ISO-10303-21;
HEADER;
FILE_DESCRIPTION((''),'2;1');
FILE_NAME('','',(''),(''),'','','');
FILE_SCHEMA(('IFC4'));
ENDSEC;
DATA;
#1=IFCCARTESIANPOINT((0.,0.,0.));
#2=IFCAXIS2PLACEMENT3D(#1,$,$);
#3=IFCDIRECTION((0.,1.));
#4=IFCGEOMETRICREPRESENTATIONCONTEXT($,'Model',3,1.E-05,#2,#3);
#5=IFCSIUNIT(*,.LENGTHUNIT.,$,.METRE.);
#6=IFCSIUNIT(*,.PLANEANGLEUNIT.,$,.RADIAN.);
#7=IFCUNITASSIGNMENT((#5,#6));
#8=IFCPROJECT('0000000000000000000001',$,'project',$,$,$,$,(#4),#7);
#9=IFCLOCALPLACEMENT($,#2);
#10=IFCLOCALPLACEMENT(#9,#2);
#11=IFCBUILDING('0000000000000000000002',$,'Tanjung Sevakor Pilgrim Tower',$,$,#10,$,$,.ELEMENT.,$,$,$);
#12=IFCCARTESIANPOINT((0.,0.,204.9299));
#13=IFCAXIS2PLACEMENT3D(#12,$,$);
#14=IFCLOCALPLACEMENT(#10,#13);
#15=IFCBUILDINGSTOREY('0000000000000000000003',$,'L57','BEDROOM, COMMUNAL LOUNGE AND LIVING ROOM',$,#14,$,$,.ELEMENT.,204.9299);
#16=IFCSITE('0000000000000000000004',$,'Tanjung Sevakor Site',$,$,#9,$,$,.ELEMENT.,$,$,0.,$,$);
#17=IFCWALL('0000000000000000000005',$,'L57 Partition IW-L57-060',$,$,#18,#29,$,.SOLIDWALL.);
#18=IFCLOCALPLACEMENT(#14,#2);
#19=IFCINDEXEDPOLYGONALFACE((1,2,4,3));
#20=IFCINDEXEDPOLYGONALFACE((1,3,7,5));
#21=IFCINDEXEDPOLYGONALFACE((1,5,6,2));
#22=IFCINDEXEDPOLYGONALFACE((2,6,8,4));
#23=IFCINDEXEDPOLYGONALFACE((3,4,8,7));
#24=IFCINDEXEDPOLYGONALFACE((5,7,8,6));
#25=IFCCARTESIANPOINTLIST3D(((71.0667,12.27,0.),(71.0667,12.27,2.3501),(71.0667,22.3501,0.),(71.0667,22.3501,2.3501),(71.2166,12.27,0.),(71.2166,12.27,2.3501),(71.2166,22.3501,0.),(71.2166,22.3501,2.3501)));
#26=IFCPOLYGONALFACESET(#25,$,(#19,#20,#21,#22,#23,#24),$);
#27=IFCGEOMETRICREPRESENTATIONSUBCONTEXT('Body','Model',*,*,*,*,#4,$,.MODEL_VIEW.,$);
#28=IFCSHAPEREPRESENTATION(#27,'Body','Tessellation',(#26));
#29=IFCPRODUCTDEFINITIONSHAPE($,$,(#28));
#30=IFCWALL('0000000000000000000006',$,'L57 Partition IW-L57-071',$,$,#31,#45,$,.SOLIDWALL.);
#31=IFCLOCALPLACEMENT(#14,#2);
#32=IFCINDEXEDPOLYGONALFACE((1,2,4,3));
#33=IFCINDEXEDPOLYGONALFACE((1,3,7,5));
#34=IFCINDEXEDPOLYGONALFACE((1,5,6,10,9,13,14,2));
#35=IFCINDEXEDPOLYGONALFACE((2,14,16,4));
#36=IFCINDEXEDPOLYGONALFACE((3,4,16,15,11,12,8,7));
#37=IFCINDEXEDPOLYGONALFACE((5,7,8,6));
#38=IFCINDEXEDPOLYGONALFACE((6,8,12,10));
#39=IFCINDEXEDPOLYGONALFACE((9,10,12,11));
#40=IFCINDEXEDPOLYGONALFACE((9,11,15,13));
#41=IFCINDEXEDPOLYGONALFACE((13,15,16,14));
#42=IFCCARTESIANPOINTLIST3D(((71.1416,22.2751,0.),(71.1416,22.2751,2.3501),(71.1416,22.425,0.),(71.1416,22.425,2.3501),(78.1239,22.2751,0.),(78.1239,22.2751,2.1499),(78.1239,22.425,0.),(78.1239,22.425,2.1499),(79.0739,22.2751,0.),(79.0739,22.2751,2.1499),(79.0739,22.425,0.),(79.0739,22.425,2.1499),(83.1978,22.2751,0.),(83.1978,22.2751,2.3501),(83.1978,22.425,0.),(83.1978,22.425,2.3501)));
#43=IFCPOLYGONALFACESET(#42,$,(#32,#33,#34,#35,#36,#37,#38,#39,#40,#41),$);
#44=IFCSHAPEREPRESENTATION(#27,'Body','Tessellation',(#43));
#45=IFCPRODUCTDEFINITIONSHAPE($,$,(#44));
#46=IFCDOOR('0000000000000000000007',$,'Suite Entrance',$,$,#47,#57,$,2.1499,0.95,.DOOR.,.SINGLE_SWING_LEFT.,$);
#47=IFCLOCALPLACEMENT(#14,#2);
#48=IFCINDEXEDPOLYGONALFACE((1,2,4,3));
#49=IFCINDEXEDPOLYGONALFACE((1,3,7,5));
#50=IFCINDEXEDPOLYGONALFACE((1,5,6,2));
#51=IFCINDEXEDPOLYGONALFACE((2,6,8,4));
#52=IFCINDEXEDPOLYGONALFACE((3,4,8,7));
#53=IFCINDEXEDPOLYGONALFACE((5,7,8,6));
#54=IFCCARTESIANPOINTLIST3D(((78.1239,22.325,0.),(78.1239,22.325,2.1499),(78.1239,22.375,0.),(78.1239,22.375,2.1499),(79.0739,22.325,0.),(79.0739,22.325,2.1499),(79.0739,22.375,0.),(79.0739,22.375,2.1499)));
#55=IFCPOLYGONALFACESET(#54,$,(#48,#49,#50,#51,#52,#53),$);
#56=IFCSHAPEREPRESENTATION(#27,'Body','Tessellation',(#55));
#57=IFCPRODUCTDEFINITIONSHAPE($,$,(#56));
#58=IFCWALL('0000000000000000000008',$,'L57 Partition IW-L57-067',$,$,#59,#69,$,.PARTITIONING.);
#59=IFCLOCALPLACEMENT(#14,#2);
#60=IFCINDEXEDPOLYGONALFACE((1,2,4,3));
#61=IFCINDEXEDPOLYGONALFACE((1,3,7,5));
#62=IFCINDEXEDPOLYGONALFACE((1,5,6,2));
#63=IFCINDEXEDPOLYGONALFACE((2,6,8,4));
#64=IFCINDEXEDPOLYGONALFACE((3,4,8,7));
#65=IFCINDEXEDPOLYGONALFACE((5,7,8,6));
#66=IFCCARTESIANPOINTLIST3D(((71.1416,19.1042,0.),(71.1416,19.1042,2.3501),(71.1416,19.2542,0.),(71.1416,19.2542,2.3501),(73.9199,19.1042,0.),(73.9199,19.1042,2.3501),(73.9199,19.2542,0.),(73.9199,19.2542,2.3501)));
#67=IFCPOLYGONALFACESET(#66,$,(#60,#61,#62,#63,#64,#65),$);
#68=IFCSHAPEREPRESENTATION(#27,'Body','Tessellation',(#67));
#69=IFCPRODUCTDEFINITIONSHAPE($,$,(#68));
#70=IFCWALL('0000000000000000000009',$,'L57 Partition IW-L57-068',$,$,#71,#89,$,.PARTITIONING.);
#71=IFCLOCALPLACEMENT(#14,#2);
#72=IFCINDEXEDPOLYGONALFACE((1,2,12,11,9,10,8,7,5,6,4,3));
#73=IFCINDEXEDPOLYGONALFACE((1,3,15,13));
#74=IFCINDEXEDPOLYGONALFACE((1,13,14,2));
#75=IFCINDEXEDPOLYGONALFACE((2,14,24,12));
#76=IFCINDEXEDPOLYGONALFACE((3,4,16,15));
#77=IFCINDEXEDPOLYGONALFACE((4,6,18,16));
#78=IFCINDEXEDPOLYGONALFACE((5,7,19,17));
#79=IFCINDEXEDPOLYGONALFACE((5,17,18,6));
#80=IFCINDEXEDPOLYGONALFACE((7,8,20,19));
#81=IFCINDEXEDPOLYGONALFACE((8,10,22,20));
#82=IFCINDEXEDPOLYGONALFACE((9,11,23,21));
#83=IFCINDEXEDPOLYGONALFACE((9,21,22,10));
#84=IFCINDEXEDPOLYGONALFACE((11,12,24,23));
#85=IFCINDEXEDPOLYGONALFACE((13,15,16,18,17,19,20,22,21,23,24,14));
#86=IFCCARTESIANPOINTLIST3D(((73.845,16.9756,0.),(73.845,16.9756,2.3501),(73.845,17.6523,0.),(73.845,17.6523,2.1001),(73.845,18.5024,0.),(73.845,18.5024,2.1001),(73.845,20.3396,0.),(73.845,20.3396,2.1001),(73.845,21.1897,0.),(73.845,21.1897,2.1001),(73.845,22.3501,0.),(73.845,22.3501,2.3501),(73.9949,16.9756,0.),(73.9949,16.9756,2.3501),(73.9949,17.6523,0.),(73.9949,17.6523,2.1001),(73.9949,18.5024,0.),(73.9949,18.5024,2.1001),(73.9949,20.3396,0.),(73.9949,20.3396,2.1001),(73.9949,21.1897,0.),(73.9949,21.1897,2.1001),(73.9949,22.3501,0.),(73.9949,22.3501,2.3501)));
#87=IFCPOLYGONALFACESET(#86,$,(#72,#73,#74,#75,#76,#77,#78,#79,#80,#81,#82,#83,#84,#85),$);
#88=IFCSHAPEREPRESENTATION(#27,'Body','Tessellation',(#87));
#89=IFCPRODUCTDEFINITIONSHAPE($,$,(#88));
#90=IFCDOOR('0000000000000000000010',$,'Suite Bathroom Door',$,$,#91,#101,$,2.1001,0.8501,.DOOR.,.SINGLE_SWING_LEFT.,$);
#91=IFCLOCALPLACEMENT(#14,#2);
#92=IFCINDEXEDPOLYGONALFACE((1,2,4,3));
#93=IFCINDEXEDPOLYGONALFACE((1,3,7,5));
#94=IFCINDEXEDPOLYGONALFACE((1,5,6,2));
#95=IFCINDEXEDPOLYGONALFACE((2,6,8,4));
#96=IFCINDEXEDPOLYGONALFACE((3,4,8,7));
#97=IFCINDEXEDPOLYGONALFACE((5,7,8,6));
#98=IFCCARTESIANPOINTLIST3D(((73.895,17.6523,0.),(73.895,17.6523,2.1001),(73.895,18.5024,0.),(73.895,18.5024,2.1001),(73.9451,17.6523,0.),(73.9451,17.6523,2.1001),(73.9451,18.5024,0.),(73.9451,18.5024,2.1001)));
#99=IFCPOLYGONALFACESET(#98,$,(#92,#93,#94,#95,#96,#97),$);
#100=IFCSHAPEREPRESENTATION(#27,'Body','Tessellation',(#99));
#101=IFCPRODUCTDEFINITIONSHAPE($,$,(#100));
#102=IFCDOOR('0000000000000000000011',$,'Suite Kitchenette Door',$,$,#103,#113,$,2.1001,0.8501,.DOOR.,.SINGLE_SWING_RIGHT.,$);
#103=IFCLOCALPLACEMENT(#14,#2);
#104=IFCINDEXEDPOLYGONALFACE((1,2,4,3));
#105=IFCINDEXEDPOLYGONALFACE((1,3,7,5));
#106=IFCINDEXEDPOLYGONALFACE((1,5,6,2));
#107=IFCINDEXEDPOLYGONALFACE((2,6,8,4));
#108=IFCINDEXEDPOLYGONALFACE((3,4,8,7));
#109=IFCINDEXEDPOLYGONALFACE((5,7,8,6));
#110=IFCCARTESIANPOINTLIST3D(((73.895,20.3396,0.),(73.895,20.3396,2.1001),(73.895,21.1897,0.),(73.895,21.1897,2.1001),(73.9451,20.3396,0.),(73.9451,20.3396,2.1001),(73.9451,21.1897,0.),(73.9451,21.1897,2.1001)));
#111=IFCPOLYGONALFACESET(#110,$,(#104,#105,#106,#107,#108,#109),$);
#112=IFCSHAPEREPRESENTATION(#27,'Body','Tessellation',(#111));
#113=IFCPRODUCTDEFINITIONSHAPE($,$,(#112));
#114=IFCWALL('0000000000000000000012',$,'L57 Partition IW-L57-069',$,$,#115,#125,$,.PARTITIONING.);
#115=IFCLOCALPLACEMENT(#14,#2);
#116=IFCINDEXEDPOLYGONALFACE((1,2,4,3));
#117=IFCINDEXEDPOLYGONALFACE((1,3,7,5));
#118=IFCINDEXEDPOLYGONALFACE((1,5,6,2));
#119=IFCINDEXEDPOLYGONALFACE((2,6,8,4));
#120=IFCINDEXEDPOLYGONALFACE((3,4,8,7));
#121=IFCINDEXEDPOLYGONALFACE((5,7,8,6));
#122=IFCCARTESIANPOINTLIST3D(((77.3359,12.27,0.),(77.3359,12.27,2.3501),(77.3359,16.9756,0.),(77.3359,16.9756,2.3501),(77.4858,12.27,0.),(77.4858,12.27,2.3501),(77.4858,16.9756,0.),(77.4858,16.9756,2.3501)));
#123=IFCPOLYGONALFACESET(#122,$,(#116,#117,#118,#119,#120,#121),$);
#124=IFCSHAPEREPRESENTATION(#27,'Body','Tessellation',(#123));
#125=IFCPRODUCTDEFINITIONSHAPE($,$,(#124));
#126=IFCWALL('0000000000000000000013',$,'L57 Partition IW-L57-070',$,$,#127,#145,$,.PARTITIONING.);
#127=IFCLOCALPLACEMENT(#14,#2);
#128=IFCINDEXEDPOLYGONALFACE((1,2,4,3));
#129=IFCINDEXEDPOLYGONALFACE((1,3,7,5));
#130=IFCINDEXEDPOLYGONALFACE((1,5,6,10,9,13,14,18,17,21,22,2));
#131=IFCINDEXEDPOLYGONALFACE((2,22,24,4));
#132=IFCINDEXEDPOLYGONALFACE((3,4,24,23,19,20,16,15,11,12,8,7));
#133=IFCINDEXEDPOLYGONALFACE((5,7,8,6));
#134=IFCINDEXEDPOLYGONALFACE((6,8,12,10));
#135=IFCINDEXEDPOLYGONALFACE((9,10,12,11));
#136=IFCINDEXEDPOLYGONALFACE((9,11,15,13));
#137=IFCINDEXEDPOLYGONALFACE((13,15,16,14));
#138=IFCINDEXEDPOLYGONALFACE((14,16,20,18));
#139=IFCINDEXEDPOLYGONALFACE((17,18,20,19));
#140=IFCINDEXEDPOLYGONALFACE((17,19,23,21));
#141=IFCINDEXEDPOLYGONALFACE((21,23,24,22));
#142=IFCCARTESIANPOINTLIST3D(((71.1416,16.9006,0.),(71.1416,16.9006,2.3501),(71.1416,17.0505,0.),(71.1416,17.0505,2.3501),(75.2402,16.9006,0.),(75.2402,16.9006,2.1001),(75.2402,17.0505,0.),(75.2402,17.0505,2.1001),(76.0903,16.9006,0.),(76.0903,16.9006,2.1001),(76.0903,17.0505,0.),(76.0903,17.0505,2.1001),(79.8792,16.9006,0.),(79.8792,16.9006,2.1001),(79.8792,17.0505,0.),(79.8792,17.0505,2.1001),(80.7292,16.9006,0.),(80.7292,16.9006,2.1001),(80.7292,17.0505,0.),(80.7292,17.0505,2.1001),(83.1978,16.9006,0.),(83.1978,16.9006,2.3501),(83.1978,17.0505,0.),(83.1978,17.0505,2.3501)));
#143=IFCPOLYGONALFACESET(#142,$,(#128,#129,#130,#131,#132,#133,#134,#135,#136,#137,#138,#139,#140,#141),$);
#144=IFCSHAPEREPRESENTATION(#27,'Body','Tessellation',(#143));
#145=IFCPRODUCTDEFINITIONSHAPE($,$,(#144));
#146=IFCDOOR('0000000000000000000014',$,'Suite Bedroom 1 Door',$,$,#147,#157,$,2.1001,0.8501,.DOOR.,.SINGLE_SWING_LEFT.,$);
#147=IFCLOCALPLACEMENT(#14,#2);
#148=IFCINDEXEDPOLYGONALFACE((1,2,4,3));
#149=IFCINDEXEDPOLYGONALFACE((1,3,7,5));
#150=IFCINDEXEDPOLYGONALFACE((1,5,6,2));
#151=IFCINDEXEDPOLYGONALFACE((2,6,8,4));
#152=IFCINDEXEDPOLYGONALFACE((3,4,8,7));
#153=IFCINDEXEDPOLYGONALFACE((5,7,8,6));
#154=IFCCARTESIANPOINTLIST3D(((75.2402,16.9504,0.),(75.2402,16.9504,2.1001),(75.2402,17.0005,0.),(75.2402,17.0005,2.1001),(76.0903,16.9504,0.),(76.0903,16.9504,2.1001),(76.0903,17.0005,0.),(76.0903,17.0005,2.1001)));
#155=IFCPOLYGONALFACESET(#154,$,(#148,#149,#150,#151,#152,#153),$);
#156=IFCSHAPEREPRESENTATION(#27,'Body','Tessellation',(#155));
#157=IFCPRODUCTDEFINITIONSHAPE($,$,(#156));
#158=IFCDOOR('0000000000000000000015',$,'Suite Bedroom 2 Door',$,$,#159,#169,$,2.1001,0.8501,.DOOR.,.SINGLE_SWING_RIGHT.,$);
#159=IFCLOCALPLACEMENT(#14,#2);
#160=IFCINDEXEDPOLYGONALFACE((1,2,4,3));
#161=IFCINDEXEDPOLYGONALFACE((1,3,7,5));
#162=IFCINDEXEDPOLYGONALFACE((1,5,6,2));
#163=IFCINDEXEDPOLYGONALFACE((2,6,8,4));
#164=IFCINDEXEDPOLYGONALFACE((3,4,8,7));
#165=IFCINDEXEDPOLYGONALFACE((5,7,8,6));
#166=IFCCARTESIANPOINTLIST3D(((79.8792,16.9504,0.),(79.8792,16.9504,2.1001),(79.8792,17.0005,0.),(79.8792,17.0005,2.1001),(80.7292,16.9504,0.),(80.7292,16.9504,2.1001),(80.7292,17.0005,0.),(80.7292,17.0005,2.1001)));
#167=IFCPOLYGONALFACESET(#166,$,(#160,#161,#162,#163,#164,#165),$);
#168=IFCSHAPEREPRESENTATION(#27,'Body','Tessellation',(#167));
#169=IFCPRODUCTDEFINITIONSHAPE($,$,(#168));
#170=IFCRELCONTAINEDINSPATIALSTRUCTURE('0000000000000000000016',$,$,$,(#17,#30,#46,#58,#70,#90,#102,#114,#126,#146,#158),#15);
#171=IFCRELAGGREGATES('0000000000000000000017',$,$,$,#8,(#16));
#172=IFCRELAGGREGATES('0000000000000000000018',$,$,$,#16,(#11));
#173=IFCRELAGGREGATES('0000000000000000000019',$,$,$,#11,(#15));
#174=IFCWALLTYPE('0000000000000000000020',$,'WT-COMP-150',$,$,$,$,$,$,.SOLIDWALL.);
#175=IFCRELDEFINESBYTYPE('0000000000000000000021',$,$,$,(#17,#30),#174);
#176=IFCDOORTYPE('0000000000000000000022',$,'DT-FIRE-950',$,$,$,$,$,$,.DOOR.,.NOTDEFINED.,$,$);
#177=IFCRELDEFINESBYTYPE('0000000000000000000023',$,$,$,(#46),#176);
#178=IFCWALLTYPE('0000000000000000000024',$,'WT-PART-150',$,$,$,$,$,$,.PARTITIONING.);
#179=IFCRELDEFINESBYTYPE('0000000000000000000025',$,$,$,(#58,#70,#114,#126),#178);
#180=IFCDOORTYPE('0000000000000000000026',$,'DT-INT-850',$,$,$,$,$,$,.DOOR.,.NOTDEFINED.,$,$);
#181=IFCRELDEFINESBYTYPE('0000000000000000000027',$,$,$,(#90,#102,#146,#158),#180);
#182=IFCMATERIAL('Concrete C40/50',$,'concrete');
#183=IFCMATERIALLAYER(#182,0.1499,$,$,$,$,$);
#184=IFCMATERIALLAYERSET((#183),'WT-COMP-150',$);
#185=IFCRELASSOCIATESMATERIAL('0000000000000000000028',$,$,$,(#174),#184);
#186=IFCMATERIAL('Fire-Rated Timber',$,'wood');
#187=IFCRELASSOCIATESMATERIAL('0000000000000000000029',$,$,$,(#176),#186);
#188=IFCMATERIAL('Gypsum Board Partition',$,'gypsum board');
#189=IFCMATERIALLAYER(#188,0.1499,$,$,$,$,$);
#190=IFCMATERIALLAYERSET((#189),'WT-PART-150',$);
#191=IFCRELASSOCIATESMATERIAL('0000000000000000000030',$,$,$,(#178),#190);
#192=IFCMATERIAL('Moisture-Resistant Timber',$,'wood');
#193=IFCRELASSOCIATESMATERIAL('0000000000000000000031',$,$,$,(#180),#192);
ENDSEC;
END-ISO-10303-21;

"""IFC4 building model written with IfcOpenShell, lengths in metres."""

from ifc_helpers import new_model, si_unit, direction, frame, frame_2d, origin, place, context, subcontext, project, spatial, rectangle, extrude, material, layer, layer_set, type_object, element, fill, save


model = new_model("IFC4")

# Units and contexts
model_context = context("Model", 3, precision=1e-05, world=origin(), true_north=direction((0.0, 1.0)))
body_context = subcontext(model_context, "Body", "Model", "MODEL_VIEW")
ifc_project = project(units=[si_unit("LENGTHUNIT", "METRE"), si_unit("PLANEANGLEUNIT", "RADIAN")], contexts=[model_context])

# Site, building, storey
site_placement = place(None, origin())
site = spatial("IfcSite", under=ifc_project, at=site_placement, Name="Tanjung Sevakor Site", CompositionType="ELEMENT", RefElevation=0.0)
building_placement = place(site_placement, origin())
building = spatial("IfcBuilding", under=site, at=building_placement, Name="Tanjung Sevakor Pilgrim Tower", CompositionType="ELEMENT")
storey_placement = place(building_placement, frame((0.0, 0.0, 204.9299)))
storey = spatial("IfcBuildingStorey", under=building, at=storey_placement, Name="L57", Description="BEDROOM, COMMUNAL LOUNGE AND LIVING ROOM", CompositionType="ELEMENT", Elevation=204.9299)

# Wall
ifc_material_1 = material(Name="Concrete C40/50", Category="concrete")
ifc_layer_1 = layer(ifc_material_1, 0.1499)
ifc_layer_set_1 = layer_set([ifc_layer_1], Name="WT-COMP-150")
wall_type_1 = type_object("IfcWallType", Name="WT-COMP-150", PredefinedType="SOLIDWALL", material=ifc_layer_set_1)
wall_1_placement = place(storey_placement, frame((71.1416, 12.27, 0.0), z_axis=(0.0, 0.0, 1.0), x_axis=(0.0, 1.0, 0.0)))
element("IfcWall", 1, at=wall_1_placement, inside=storey, type_object=wall_type_1, Name="L57 Partition IW-L57-060", PredefinedType="SOLIDWALL", context=body_context, shape_type="SweptSolid", body=[
    extrude(rectangle(XDim=10.0801, YDim=0.1499, at=frame_2d((5.04, 0.0))), origin(), (0.0, 0.0, 1.0), 2.3501),
])

# Wall, opening, door
wall_2_placement = place(storey_placement, frame((71.1416, 22.3501, 0.0), z_axis=(0.0, 0.0, 1.0), x_axis=(1.0, 0.0, 0.0)))
wall_2 = element("IfcWall", 2, at=wall_2_placement, inside=storey, type_object=wall_type_1, Name="L57 Partition IW-L57-071", PredefinedType="SOLIDWALL", context=body_context, shape_type="SweptSolid", body=[
    extrude(rectangle(XDim=12.0562, YDim=0.1499, at=frame_2d((6.0281, 0.0))), origin(), (0.0, 0.0, 1.0), 2.3501),
])
opening_1_placement = place(wall_2_placement, frame((6.9822, 0.0, 0.0)))
opening_1 = element("IfcOpeningElement", 3, at=opening_1_placement, cuts=wall_2, PredefinedType="OPENING", context=body_context, shape_type="SweptSolid", body=[
    extrude(rectangle(XDim=0.95, YDim=2.1499, at=frame_2d((0.4751, 1.075))), frame((0.0, 0.085, 0.0), z_axis=(0.0, -1.0, 0.0), x_axis=(1.0, 0.0, 0.0)), (0.0, 0.0, 1.0), 0.1699),
])
ifc_material_2 = material(Name="Fire-Rated Timber", Category="wood")
door_type_1 = type_object("IfcDoorType", Name="DT-FIRE-950", OperationType="NOTDEFINED", PredefinedType="DOOR", material=ifc_material_2)
door_1_placement = place(opening_1_placement, origin())
door_1 = element("IfcDoor", 4, at=door_1_placement, inside=storey, type_object=door_type_1, Name="Suite Entrance", OperationType="SINGLE_SWING_LEFT", OverallHeight=2.1499, OverallWidth=0.95, PredefinedType="DOOR", context=body_context, shape_type="SweptSolid", body=[
    extrude(rectangle(XDim=0.95, YDim=2.1499, at=frame_2d((0.4751, 1.075))), frame((0.0, 0.0249, 0.0), z_axis=(0.0, -1.0, 0.0), x_axis=(1.0, 0.0, 0.0)), (0.0, 0.0, 1.0), 0.05),
])
fill(opening_1, door_1)

# Wall
ifc_material_3 = material(Name="Gypsum Board Partition", Category="gypsum board")
ifc_layer_2 = layer(ifc_material_3, 0.1499)
ifc_layer_set_2 = layer_set([ifc_layer_2], Name="WT-PART-150")
wall_type_2 = type_object("IfcWallType", Name="WT-PART-150", PredefinedType="PARTITIONING", material=ifc_layer_set_2)
wall_3_placement = place(storey_placement, frame((71.1416, 19.1792, 0.0), z_axis=(0.0, 0.0, 1.0), x_axis=(1.0, 0.0, 0.0)))
element("IfcWall", 5, at=wall_3_placement, inside=storey, type_object=wall_type_2, Name="L57 Partition IW-L57-067", PredefinedType="PARTITIONING", context=body_context, shape_type="SweptSolid", body=[
    extrude(rectangle(XDim=2.7783, YDim=0.1499, at=frame_2d((1.3892, 0.0))), origin(), (0.0, 0.0, 1.0), 2.3501),
])

# Wall, openings, doors
wall_4_placement = place(storey_placement, frame((73.9199, 16.9756, 0.0), z_axis=(0.0, 0.0, 1.0), x_axis=(0.0, 1.0, 0.0)))
wall_4 = element("IfcWall", 6, at=wall_4_placement, inside=storey, type_object=wall_type_2, Name="L57 Partition IW-L57-068", PredefinedType="PARTITIONING", context=body_context, shape_type="SweptSolid", body=[
    extrude(rectangle(XDim=5.3745, YDim=0.1499, at=frame_2d((2.6873, 0.0))), origin(), (0.0, 0.0, 1.0), 2.3501),
])
opening_2_placement = place(wall_4_placement, frame((0.6768, 0.0, 0.0)))
opening_2 = element("IfcOpeningElement", 7, at=opening_2_placement, cuts=wall_4, PredefinedType="OPENING", context=body_context, shape_type="SweptSolid", body=[
    extrude(rectangle(XDim=0.8501, YDim=2.1001, at=frame_2d((0.425, 1.05))), frame((0.0, 0.085, 0.0), z_axis=(0.0, -1.0, 0.0), x_axis=(1.0, 0.0, 0.0)), (0.0, 0.0, 1.0), 0.1699),
])
opening_3_placement = place(wall_4_placement, frame((3.364, 0.0, 0.0)))
opening_3 = element("IfcOpeningElement", 8, at=opening_3_placement, cuts=wall_4, PredefinedType="OPENING", context=body_context, shape_type="SweptSolid", body=[
    extrude(rectangle(XDim=0.8501, YDim=2.1001, at=frame_2d((0.425, 1.05))), frame((0.0, 0.085, 0.0), z_axis=(0.0, -1.0, 0.0), x_axis=(1.0, 0.0, 0.0)), (0.0, 0.0, 1.0), 0.1699),
])
ifc_material_4 = material(Name="Moisture-Resistant Timber", Category="wood")
door_type_2 = type_object("IfcDoorType", Name="DT-INT-850", OperationType="NOTDEFINED", PredefinedType="DOOR", material=ifc_material_4)
door_2_placement = place(opening_2_placement, origin())
door_2 = element("IfcDoor", 9, at=door_2_placement, inside=storey, type_object=door_type_2, Name="Suite Bathroom Door", OperationType="SINGLE_SWING_LEFT", OverallHeight=2.1001, OverallWidth=0.8501, PredefinedType="DOOR", context=body_context, shape_type="SweptSolid", body=[
    extrude(rectangle(XDim=0.8501, YDim=2.1001, at=frame_2d((0.425, 1.05))), frame((0.0, 0.0249, 0.0), z_axis=(0.0, -1.0, 0.0), x_axis=(1.0, 0.0, 0.0)), (0.0, 0.0, 1.0), 0.05),
])
fill(opening_2, door_2)
door_3_placement = place(opening_3_placement, origin())
door_3 = element("IfcDoor", 10, at=door_3_placement, inside=storey, type_object=door_type_2, Name="Suite Kitchenette Door", OperationType="SINGLE_SWING_RIGHT", OverallHeight=2.1001, OverallWidth=0.8501, PredefinedType="DOOR", context=body_context, shape_type="SweptSolid", body=[
    extrude(rectangle(XDim=0.8501, YDim=2.1001, at=frame_2d((0.425, 1.05))), frame((0.0, 0.0249, 0.0), z_axis=(0.0, -1.0, 0.0), x_axis=(1.0, 0.0, 0.0)), (0.0, 0.0, 1.0), 0.05),
])
fill(opening_3, door_3)

# Wall
wall_5_placement = place(storey_placement, frame((77.4109, 12.27, 0.0), z_axis=(0.0, 0.0, 1.0), x_axis=(0.0, 1.0, 0.0)))
element("IfcWall", 11, at=wall_5_placement, inside=storey, type_object=wall_type_2, Name="L57 Partition IW-L57-069", PredefinedType="PARTITIONING", context=body_context, shape_type="SweptSolid", body=[
    extrude(rectangle(XDim=4.7056, YDim=0.1499, at=frame_2d((2.3528, 0.0))), origin(), (0.0, 0.0, 1.0), 2.3501),
])

# Wall, openings, doors
wall_6_placement = place(storey_placement, frame((71.1416, 16.9756, 0.0), z_axis=(0.0, 0.0, 1.0), x_axis=(1.0, 0.0, 0.0)))
wall_6 = element("IfcWall", 12, at=wall_6_placement, inside=storey, type_object=wall_type_2, Name="L57 Partition IW-L57-070", PredefinedType="PARTITIONING", context=body_context, shape_type="SweptSolid", body=[
    extrude(rectangle(XDim=12.0562, YDim=0.1499, at=frame_2d((6.0281, 0.0))), origin(), (0.0, 0.0, 1.0), 2.3501),
])
opening_4_placement = place(wall_6_placement, frame((4.0986, 0.0, 0.0)))
opening_4 = element("IfcOpeningElement", 13, at=opening_4_placement, cuts=wall_6, PredefinedType="OPENING", context=body_context, shape_type="SweptSolid", body=[
    extrude(rectangle(XDim=0.8501, YDim=2.1001, at=frame_2d((0.425, 1.05))), frame((0.0, 0.085, 0.0), z_axis=(0.0, -1.0, 0.0), x_axis=(1.0, 0.0, 0.0)), (0.0, 0.0, 1.0), 0.1699),
])
opening_5_placement = place(wall_6_placement, frame((8.7375, 0.0, 0.0)))
opening_5 = element("IfcOpeningElement", 14, at=opening_5_placement, cuts=wall_6, PredefinedType="OPENING", context=body_context, shape_type="SweptSolid", body=[
    extrude(rectangle(XDim=0.8501, YDim=2.1001, at=frame_2d((0.425, 1.05))), frame((0.0, 0.085, 0.0), z_axis=(0.0, -1.0, 0.0), x_axis=(1.0, 0.0, 0.0)), (0.0, 0.0, 1.0), 0.1699),
])
door_4_placement = place(opening_4_placement, origin())
door_4 = element("IfcDoor", 15, at=door_4_placement, inside=storey, type_object=door_type_2, Name="Suite Bedroom 1 Door", OperationType="SINGLE_SWING_LEFT", OverallHeight=2.1001, OverallWidth=0.8501, PredefinedType="DOOR", context=body_context, shape_type="SweptSolid", body=[
    extrude(rectangle(XDim=0.8501, YDim=2.1001, at=frame_2d((0.425, 1.05))), frame((0.0, 0.0249, 0.0), z_axis=(0.0, -1.0, 0.0), x_axis=(1.0, 0.0, 0.0)), (0.0, 0.0, 1.0), 0.05),
])
fill(opening_4, door_4)
door_5_placement = place(opening_5_placement, origin())
door_5 = element("IfcDoor", 16, at=door_5_placement, inside=storey, type_object=door_type_2, Name="Suite Bedroom 2 Door", OperationType="SINGLE_SWING_RIGHT", OverallHeight=2.1001, OverallWidth=0.8501, PredefinedType="DOOR", context=body_context, shape_type="SweptSolid", body=[
    extrude(rectangle(XDim=0.8501, YDim=2.1001, at=frame_2d((0.425, 1.05))), frame((0.0, 0.0249, 0.0), z_axis=(0.0, -1.0, 0.0), x_axis=(1.0, 0.0, 0.0)), (0.0, 0.0, 1.0), 0.05),
])
fill(opening_5, door_5)

save(model, "model.ifc")
